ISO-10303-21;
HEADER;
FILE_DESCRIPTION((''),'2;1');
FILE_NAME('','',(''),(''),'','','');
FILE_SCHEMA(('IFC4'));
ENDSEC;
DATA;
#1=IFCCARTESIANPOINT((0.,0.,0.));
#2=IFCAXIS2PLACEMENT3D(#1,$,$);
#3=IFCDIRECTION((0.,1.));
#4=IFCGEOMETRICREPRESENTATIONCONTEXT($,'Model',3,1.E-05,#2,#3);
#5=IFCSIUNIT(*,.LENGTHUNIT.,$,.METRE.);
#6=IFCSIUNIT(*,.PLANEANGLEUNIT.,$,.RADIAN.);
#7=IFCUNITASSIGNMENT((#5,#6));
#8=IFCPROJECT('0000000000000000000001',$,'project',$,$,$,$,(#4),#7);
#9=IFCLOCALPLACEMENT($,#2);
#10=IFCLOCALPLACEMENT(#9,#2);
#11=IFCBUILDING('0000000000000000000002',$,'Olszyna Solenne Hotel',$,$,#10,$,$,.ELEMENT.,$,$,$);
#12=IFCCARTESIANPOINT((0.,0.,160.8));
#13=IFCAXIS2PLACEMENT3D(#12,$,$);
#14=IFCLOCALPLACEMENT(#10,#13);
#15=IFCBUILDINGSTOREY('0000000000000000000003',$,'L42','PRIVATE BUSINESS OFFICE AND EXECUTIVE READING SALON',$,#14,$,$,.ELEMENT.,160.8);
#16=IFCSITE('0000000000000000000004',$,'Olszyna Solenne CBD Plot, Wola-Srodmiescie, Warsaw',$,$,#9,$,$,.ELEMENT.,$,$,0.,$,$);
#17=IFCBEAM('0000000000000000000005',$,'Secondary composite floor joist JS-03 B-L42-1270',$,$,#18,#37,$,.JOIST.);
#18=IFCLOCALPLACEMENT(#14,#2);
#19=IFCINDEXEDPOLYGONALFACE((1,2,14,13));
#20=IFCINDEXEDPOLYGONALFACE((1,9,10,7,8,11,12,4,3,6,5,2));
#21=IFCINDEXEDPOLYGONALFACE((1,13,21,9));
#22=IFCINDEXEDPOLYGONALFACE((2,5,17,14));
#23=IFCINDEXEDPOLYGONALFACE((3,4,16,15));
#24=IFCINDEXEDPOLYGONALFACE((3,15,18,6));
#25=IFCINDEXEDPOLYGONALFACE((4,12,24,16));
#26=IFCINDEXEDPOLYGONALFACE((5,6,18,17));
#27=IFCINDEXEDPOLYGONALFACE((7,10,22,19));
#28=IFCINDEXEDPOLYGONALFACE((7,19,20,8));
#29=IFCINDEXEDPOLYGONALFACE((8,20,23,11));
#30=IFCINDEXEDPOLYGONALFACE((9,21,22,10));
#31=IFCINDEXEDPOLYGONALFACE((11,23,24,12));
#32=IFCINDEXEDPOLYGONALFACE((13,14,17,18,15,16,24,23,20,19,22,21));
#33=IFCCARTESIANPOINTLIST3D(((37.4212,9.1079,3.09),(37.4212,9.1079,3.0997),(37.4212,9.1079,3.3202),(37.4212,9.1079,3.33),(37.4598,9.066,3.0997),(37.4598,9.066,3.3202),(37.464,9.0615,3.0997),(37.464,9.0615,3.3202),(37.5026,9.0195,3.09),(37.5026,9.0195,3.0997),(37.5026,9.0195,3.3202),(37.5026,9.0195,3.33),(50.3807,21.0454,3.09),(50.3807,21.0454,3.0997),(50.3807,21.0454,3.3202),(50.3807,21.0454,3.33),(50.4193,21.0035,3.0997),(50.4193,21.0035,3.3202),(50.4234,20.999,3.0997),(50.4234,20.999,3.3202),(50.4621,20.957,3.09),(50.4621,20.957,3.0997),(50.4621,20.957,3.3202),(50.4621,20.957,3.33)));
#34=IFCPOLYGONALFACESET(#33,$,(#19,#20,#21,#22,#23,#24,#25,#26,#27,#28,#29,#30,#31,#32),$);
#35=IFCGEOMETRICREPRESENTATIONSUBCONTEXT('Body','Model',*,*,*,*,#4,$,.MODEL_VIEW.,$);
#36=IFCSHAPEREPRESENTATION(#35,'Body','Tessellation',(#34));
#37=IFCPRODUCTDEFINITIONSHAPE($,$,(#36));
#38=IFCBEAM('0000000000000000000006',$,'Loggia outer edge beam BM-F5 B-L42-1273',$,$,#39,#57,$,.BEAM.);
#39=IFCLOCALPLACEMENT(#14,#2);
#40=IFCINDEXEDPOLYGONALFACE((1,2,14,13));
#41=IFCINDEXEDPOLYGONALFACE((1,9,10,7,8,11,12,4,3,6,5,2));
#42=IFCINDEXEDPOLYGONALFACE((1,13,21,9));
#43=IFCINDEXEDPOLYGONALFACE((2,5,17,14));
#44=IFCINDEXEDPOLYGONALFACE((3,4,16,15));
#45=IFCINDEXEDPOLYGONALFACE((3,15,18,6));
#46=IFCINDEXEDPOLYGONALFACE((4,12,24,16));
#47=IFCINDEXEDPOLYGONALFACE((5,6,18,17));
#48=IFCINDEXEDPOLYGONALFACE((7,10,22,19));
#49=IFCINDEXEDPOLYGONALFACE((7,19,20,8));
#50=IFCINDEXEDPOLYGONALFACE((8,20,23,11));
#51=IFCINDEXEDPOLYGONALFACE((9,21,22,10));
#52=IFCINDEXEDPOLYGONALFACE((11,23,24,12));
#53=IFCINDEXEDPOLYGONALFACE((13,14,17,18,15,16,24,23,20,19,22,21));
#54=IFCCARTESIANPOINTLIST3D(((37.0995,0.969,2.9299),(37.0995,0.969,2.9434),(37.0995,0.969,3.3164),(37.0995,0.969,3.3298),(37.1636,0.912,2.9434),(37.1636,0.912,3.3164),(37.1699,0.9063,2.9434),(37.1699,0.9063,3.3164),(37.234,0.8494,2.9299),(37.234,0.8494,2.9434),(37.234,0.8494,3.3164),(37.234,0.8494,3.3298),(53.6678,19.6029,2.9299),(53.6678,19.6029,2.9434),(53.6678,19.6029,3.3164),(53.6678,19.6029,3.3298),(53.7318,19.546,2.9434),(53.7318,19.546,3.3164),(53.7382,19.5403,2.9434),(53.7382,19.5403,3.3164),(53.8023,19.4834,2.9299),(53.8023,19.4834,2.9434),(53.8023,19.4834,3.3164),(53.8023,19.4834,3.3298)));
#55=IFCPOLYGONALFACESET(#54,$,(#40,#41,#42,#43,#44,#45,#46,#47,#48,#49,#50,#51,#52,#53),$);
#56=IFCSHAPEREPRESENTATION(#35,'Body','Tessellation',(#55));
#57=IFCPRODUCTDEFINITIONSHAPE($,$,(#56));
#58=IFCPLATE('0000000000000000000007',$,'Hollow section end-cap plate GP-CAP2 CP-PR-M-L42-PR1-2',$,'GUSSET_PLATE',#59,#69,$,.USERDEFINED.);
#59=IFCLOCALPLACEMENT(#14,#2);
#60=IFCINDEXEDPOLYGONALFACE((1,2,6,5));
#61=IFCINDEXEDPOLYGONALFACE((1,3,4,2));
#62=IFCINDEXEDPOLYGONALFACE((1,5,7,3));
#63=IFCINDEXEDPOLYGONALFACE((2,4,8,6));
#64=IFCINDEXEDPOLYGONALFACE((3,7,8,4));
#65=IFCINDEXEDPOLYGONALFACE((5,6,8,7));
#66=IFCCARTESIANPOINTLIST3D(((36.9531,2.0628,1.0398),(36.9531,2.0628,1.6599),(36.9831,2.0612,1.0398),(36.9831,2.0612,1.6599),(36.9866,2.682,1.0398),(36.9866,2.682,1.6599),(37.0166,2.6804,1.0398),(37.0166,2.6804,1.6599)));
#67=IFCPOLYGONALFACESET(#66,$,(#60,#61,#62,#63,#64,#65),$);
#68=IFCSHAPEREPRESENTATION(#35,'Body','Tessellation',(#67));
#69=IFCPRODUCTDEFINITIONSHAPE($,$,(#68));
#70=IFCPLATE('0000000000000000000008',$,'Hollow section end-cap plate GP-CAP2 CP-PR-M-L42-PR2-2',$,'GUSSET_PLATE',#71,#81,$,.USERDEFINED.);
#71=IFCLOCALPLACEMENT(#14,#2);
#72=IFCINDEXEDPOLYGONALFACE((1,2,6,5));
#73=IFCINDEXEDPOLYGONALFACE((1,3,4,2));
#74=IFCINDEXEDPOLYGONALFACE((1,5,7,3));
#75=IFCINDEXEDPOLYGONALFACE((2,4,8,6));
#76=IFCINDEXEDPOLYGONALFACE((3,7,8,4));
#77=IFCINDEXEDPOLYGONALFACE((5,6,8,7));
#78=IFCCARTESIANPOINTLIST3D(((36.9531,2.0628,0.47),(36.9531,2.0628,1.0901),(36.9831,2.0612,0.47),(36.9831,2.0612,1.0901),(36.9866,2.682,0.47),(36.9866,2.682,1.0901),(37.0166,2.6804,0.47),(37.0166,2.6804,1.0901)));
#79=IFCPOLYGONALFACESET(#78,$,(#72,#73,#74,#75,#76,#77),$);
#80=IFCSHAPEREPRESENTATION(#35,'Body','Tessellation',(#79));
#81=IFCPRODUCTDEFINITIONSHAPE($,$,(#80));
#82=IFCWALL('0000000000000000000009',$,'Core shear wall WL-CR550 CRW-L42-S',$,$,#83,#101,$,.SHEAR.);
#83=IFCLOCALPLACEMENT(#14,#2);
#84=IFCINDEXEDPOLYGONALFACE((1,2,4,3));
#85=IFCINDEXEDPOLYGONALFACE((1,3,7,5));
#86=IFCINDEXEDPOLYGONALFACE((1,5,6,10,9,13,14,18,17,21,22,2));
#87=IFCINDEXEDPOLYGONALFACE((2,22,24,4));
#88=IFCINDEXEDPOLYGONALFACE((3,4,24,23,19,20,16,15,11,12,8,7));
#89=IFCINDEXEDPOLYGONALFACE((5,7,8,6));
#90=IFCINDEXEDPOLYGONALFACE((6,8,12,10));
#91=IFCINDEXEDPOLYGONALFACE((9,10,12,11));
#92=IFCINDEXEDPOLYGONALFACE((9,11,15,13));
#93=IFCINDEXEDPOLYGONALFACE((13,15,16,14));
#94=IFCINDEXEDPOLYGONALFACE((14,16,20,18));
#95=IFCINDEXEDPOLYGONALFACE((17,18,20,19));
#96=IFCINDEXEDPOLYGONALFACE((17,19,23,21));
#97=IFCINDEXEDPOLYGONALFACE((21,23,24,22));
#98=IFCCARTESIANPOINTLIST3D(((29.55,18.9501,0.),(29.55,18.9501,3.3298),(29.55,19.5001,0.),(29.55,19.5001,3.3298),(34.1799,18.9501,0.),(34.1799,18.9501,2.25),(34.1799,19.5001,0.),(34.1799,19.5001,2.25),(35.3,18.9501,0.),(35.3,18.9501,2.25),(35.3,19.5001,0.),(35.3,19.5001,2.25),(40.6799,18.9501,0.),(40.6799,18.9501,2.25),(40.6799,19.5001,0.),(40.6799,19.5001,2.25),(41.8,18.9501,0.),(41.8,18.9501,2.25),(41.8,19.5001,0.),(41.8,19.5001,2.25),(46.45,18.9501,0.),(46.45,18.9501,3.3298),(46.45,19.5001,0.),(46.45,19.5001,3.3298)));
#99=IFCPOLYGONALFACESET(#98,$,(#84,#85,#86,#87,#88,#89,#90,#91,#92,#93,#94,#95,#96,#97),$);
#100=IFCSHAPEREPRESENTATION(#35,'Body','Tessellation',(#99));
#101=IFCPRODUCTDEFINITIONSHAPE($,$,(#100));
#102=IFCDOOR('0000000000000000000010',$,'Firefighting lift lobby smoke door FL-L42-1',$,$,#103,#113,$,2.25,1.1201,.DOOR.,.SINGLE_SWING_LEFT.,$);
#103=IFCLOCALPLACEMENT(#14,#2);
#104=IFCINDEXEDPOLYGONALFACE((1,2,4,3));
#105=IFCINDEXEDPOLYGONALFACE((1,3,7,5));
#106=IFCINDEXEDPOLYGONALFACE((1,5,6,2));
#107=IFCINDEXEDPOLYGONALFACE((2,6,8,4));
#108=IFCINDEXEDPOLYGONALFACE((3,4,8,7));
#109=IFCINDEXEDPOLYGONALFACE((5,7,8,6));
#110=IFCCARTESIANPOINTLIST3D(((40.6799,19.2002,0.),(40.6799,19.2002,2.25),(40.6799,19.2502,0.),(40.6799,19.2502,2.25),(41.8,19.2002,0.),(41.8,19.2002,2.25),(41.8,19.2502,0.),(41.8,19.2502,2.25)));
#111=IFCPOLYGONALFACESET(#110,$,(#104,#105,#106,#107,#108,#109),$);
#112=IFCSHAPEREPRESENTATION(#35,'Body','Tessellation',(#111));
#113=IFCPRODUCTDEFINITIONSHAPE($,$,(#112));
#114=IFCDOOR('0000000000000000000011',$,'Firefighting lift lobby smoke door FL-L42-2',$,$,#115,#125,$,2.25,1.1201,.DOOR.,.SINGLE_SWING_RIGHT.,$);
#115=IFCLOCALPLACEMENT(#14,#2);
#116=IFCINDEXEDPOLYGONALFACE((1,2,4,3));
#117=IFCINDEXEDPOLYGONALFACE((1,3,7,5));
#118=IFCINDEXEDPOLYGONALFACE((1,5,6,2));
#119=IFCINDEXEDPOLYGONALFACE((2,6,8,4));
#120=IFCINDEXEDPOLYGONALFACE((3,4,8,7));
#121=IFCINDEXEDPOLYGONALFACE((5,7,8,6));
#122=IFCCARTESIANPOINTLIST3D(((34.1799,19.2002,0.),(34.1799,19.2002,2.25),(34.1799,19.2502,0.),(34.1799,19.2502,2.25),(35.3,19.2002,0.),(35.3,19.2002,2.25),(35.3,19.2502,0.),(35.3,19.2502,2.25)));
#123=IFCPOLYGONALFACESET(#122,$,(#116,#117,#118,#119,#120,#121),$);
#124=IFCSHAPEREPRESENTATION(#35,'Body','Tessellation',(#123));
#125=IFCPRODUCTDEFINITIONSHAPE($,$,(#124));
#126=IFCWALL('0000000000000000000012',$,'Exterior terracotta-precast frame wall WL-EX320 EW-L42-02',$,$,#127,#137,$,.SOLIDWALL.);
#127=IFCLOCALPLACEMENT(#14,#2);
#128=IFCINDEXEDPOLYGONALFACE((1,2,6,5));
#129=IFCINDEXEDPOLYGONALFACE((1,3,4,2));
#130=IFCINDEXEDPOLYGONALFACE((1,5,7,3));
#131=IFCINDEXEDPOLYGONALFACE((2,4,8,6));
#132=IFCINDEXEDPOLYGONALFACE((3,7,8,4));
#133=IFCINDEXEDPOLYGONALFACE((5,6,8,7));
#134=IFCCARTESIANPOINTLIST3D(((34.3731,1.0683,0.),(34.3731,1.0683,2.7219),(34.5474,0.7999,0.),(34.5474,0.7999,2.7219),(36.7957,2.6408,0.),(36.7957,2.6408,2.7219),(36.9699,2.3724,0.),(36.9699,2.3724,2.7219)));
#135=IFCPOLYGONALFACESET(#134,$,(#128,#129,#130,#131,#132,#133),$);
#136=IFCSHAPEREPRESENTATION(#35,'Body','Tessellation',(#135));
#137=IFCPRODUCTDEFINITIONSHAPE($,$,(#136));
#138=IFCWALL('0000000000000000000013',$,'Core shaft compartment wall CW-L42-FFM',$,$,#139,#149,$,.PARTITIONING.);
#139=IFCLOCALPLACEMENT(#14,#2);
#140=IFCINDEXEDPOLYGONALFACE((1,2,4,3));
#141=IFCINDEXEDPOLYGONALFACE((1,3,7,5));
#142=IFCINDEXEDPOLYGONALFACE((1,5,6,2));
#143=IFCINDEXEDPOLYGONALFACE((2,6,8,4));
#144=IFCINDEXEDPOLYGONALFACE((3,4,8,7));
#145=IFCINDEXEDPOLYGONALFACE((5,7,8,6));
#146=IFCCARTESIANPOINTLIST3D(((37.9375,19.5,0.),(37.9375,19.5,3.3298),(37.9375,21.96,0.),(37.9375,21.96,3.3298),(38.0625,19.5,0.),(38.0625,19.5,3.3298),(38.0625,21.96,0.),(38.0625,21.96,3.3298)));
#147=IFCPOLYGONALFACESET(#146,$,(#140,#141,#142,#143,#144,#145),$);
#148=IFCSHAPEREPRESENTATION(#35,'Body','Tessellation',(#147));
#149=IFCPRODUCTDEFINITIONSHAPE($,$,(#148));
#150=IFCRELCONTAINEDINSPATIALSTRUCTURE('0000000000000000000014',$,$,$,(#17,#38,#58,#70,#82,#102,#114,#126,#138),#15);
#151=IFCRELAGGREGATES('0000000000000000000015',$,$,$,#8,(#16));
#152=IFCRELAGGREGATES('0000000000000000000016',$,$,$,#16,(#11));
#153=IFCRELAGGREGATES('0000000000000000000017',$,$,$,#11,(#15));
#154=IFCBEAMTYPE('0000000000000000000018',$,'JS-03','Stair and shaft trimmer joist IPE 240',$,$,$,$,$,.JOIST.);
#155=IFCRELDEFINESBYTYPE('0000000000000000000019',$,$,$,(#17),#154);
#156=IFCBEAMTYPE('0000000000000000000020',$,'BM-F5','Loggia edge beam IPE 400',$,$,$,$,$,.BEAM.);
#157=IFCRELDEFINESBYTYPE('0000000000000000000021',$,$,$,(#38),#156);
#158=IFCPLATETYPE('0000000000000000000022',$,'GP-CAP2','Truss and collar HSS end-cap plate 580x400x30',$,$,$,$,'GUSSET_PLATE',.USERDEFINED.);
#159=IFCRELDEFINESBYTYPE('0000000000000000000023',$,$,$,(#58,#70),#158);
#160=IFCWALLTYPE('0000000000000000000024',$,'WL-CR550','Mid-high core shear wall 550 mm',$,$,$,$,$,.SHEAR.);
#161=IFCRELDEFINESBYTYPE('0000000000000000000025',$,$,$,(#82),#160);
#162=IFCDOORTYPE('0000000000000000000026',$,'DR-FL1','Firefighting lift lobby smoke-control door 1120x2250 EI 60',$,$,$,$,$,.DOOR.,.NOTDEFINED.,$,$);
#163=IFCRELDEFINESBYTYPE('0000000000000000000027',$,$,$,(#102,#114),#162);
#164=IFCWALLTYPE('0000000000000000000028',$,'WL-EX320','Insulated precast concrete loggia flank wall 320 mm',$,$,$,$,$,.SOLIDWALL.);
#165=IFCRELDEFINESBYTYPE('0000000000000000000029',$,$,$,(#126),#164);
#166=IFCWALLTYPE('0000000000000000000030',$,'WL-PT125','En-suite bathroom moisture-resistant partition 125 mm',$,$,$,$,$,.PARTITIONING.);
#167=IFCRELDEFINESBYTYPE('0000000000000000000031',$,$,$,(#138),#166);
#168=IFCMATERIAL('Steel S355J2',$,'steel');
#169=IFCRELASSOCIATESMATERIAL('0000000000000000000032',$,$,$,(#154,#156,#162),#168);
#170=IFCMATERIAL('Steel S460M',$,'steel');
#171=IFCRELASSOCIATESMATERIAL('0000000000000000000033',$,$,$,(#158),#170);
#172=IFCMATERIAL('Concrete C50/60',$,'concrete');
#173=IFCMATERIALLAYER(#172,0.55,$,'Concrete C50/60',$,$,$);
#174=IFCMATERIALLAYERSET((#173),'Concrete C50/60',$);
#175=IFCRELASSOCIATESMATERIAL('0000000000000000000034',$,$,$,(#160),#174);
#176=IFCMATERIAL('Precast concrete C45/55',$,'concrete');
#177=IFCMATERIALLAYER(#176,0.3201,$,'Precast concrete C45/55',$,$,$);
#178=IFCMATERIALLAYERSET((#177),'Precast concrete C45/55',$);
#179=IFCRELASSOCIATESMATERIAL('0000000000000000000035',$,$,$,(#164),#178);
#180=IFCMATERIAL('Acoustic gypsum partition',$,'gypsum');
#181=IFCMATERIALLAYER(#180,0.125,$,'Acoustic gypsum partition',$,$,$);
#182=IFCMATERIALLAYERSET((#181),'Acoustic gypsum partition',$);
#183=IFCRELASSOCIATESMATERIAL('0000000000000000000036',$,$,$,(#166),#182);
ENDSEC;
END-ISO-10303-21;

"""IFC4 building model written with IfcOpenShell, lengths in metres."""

from ifc_helpers import new_model, si_unit, direction, frame, frame_2d, origin, origin_2d, place, context, subcontext, project, spatial, rectangle, i_section, extrude, source, transform, mapped, material, layer, layer_set, material_profile, profile_set, type_object, type_shapes, element, fill, save


model = new_model("IFC4")

# Units and contexts
model_context = context("Model", 3, precision=1e-05, world=origin(), true_north=direction((0.0, 1.0)))
body_context = subcontext(model_context, "Body", "Model", "MODEL_VIEW")
ifc_project = project(units=[si_unit("LENGTHUNIT", "METRE"), si_unit("PLANEANGLEUNIT", "RADIAN")], contexts=[model_context])

# Site, building, storey
site_placement = place(None, origin())
site = spatial("IfcSite", under=ifc_project, at=site_placement, Name="Olszyna Solenne CBD Plot, Wola-Srodmiescie, Warsaw", CompositionType="ELEMENT", RefElevation=0.0)
building_placement = place(site_placement, origin())
building = spatial("IfcBuilding", under=site, at=building_placement, Name="Olszyna Solenne Hotel", CompositionType="ELEMENT")
storey_placement = place(building_placement, frame((0.0, 0.0, 160.8)))
storey = spatial("IfcBuildingStorey", under=building, at=storey_placement, Name="L42", Description="PRIVATE BUSINESS OFFICE AND EXECUTIVE READING SALON", CompositionType="ELEMENT", Elevation=160.8)

# Shared definitions
ifc_material_1 = material(Name="Steel S460M", Category="steel")

# Beams
ifc_material_2 = material(Name="Steel S355J2", Category="steel")
ifc_material_profile_1 = material_profile(ifc_material_2, i_section(OverallWidth=0.1201, OverallDepth=0.24, WebThickness=0.0061, FlangeThickness=0.0098, at=origin_2d()), Name="IPE 240", Category="load-bearing")
ifc_profile_set_1 = profile_set([ifc_material_profile_1], Name="Steel S355J2")
beam_type_1 = type_object("IfcBeamType", Name="JS-03", Description="Stair and shaft trimmer joist IPE 240", PredefinedType="JOIST", material=ifc_profile_set_1)
shared_shape_1 = source(origin(), body_context, "Body", "SweptSolid", [
    extrude(i_section(OverallWidth=0.1201, OverallDepth=0.24, WebThickness=0.0061, FlangeThickness=0.0098, at=origin_2d()), origin(), (0.0, 0.0, 1.0), 17.6196),
])
beam_1_placement = place(storey_placement, frame((37.4619, 9.0637, 3.21), z_axis=(0.735513, 0.677511, 0.0), x_axis=(-0.677511, 0.735513, 0.0)))
element("IfcBeam", 1, at=beam_1_placement, inside=storey, type_object=beam_type_1, Name="Secondary composite floor joist JS-03 B-L42-1270", PredefinedType="JOIST", context=body_context, shape_type="MappedRepresentation", body=[
    mapped(shared_shape_1, transform((0.0, 0.0, 0.0), x_axis=(1.0, 0.0, 0.0), y_axis=(0.0, 1.0, 0.0), z_axis=(0.0, 0.0, 1.0), scale=1.0)),
])
ifc_material_profile_2 = material_profile(ifc_material_2, i_section(OverallWidth=0.1799, OverallDepth=0.3999, WebThickness=0.0085, FlangeThickness=0.0134, at=origin_2d()), Name="IPE 400", Category="load-bearing")
ifc_profile_set_2 = profile_set([ifc_material_profile_2], Name="Steel S355J2")
beam_type_2 = type_object("IfcBeamType", Name="BM-F5", Description="Loggia edge beam IPE 400", PredefinedType="BEAM", material=ifc_profile_set_2)
shared_shape_2 = source(origin(), body_context, "Body", "SweptSolid", [
    extrude(i_section(OverallWidth=0.1799, OverallDepth=0.3999, WebThickness=0.0085, FlangeThickness=0.0134, at=origin_2d()), origin(), (0.0, 0.0, 1.0), 24.9346),
])
beam_2_placement = place(storey_placement, frame((37.1667, 0.9092, 3.1299), z_axis=(0.664471, 0.747314, 0.0), x_axis=(-0.747314, 0.664471, 0.0)))
element("IfcBeam", 2, at=beam_2_placement, inside=storey, type_object=beam_type_2, Name="Loggia outer edge beam BM-F5 B-L42-1273", PredefinedType="BEAM", context=body_context, shape_type="MappedRepresentation", body=[
    mapped(shared_shape_2, transform((0.0, 0.0, 0.0), x_axis=(1.0, 0.0, 0.0), y_axis=(0.0, 1.0, 0.0), z_axis=(0.0, 0.0, 1.0), scale=1.0)),
])

# Plates
plate_type = type_object("IfcPlateType", Name="GP-CAP2", Description="Truss and collar HSS end-cap plate 580x400x30", ElementType="GUSSET_PLATE", PredefinedType="USERDEFINED", material=ifc_material_1)
shared_shape_3 = source(origin(), body_context, "Body", "SweptSolid", [
    extrude(rectangle(XDim=0.03, YDim=0.6201, at=origin_2d()), origin(), (0.0, 0.0, 1.0), 0.6201),
])
for number, where, z_axis, x_axis, name in (
    (3, (36.9849, 2.3716, 1.0398), (0.0, 0.0, 1.0), (0.998537, -0.054079, 0.0), "Hollow section end-cap plate GP-CAP2 CP-PR-M-L42-PR1-2"),
    (4, (36.9849, 2.3716, 0.47), (0.0, 0.0, 1.0), (0.998537, -0.054079, 0.0), "Hollow section end-cap plate GP-CAP2 CP-PR-M-L42-PR2-2"),
):
    element("IfcPlate", number, at=place(storey_placement, frame(where, z_axis=z_axis, x_axis=x_axis)), inside=storey, type_object=plate_type, Name=name, ObjectType="GUSSET_PLATE", PredefinedType="USERDEFINED", context=body_context, shape_type="MappedRepresentation", body=[
        mapped(shared_shape_3, transform((0.0, 0.0, 0.0), x_axis=(1.0, 0.0, 0.0), y_axis=(0.0, 1.0, 0.0), z_axis=(0.0, 0.0, 1.0), scale=1.0)),
    ])

# Wall, openings, doors
ifc_material_3 = material(Name="Concrete C50/60", Category="concrete")
ifc_layer_1 = layer(ifc_material_3, 0.55, Name="Concrete C50/60")
ifc_layer_set_1 = layer_set([ifc_layer_1], Name="Concrete C50/60")
wall_type_1 = type_object("IfcWallType", Name="WL-CR550", Description="Mid-high core shear wall 550 mm", PredefinedType="SHEAR", material=ifc_layer_set_1)
wall_1_placement = place(storey_placement, frame((46.45, 19.2251, 0.0), z_axis=(0.0, 0.0, 1.0), x_axis=(-1.0, 0.0, 0.0)))
wall_1 = element("IfcWall", 5, at=wall_1_placement, inside=storey, type_object=wall_type_1, Name="Core shear wall WL-CR550 CRW-L42-S", PredefinedType="SHEAR", context=body_context, shape_type="SweptSolid", body=[
    extrude(rectangle(XDim=16.8999, YDim=0.55, at=frame_2d((8.45, 0.0))), origin(), (0.0, 0.0, 1.0), 3.3298),
])
opening_1_placement = place(wall_1_placement, frame((4.6499, 0.0, 0.0)))
opening_1 = element("IfcOpeningElement", 6, at=opening_1_placement, cuts=wall_1, PredefinedType="OPENING", context=body_context, shape_type="SweptSolid", body=[
    extrude(rectangle(XDim=1.1201, YDim=2.25, at=frame_2d((0.5601, 1.125))), frame((0.0, 0.2852, 0.0), z_axis=(0.0, -1.0, 0.0), x_axis=(1.0, 0.0, 0.0)), (0.0, 0.0, 1.0), 0.5701),
])
opening_2_placement = place(wall_1_placement, frame((11.1499, 0.0, 0.0)))
opening_2 = element("IfcOpeningElement", 7, at=opening_2_placement, cuts=wall_1, PredefinedType="OPENING", context=body_context, shape_type="SweptSolid", body=[
    extrude(rectangle(XDim=1.1201, YDim=2.25, at=frame_2d((0.5601, 1.125))), frame((0.0, 0.2852, 0.0), z_axis=(0.0, -1.0, 0.0), x_axis=(1.0, 0.0, 0.0)), (0.0, 0.0, 1.0), 0.5701),
])
door_type_1 = type_object("IfcDoorType", Name="DR-FL1", Description="Firefighting lift lobby smoke-control door 1120x2250 EI 60", OperationType="NOTDEFINED", PredefinedType="DOOR", material=ifc_material_2)
shared_shape_4 = source(origin(), body_context, "Body", "SweptSolid", [
    extrude(rectangle(XDim=1.1201, YDim=2.25, at=frame_2d((0.5601, 1.125))), frame((0.0, 0.0249, 0.0), z_axis=(0.0, -1.0, 0.0), x_axis=(1.0, 0.0, 0.0)), (0.0, 0.0, 1.0), 0.05),
])
type_shapes(door_type_1, [shared_shape_4])
door_1_placement = place(opening_1_placement, origin())
door_1 = element("IfcDoor", 8, at=door_1_placement, inside=storey, type_object=door_type_1, Name="Firefighting lift lobby smoke door FL-L42-1", OperationType="SINGLE_SWING_LEFT", OverallHeight=2.25, OverallWidth=1.1201, PredefinedType="DOOR", context=body_context, shape_type="MappedRepresentation", body=[
    mapped(shared_shape_4, transform((0.0, 0.0, 0.0), x_axis=(1.0, 0.0, 0.0), y_axis=(0.0, 1.0, 0.0), z_axis=(0.0, 0.0, 1.0), scale=1.0)),
])
fill(opening_1, door_1)
door_2_placement = place(opening_2_placement, origin())
door_2 = element("IfcDoor", 9, at=door_2_placement, inside=storey, type_object=door_type_1, Name="Firefighting lift lobby smoke door FL-L42-2", OperationType="SINGLE_SWING_RIGHT", OverallHeight=2.25, OverallWidth=1.1201, PredefinedType="DOOR", context=body_context, shape_type="MappedRepresentation", body=[
    mapped(shared_shape_4, transform((0.0, 0.0, 0.0), x_axis=(1.0, 0.0, 0.0), y_axis=(0.0, 1.0, 0.0), z_axis=(0.0, 0.0, 1.0), scale=1.0)),
])
fill(opening_2, door_2)

# Walls
ifc_material_4 = material(Name="Precast concrete C45/55", Category="concrete")
ifc_layer_2 = layer(ifc_material_4, 0.3201, Name="Precast concrete C45/55")
ifc_layer_set_2 = layer_set([ifc_layer_2], Name="Precast concrete C45/55")
wall_type_2 = type_object("IfcWallType", Name="WL-EX320", Description="Insulated precast concrete loggia flank wall 320 mm", PredefinedType="SOLIDWALL", material=ifc_layer_set_2)
wall_2_placement = place(storey_placement, frame((36.8828, 2.5066, 0.0), z_axis=(0.0, 0.0, 1.0), x_axis=(-0.838789, -0.544456, 0.0)))
element("IfcWall", 10, at=wall_2_placement, inside=storey, type_object=wall_type_2, Name="Exterior terracotta-precast frame wall WL-EX320 EW-L42-02", PredefinedType="SOLIDWALL", context=body_context, shape_type="SweptSolid", body=[
    extrude(rectangle(XDim=2.8882, YDim=0.3201, at=frame_2d((1.4441, 0.0))), origin(), (0.0, 0.0, 1.0), 2.7219),
])
ifc_material_5 = material(Name="Acoustic gypsum partition", Category="gypsum")
ifc_layer_3 = layer(ifc_material_5, 0.125, Name="Acoustic gypsum partition")
ifc_layer_set_3 = layer_set([ifc_layer_3], Name="Acoustic gypsum partition")
wall_type_3 = type_object("IfcWallType", Name="WL-PT125", Description="En-suite bathroom moisture-resistant partition 125 mm", PredefinedType="PARTITIONING", material=ifc_layer_set_3)
wall_3_placement = place(storey_placement, frame((38.0, 19.5, 0.0), z_axis=(0.0, 0.0, 1.0), x_axis=(0.0, 1.0, 0.0)))
element("IfcWall", 11, at=wall_3_placement, inside=storey, type_object=wall_type_3, Name="Core shaft compartment wall CW-L42-FFM", PredefinedType="PARTITIONING", context=body_context, shape_type="SweptSolid", body=[
    extrude(rectangle(XDim=2.46, YDim=0.125, at=frame_2d((1.23, 0.0))), origin(), (0.0, 0.0, 1.0), 3.3298),
])

save(model, "model.ifc")
